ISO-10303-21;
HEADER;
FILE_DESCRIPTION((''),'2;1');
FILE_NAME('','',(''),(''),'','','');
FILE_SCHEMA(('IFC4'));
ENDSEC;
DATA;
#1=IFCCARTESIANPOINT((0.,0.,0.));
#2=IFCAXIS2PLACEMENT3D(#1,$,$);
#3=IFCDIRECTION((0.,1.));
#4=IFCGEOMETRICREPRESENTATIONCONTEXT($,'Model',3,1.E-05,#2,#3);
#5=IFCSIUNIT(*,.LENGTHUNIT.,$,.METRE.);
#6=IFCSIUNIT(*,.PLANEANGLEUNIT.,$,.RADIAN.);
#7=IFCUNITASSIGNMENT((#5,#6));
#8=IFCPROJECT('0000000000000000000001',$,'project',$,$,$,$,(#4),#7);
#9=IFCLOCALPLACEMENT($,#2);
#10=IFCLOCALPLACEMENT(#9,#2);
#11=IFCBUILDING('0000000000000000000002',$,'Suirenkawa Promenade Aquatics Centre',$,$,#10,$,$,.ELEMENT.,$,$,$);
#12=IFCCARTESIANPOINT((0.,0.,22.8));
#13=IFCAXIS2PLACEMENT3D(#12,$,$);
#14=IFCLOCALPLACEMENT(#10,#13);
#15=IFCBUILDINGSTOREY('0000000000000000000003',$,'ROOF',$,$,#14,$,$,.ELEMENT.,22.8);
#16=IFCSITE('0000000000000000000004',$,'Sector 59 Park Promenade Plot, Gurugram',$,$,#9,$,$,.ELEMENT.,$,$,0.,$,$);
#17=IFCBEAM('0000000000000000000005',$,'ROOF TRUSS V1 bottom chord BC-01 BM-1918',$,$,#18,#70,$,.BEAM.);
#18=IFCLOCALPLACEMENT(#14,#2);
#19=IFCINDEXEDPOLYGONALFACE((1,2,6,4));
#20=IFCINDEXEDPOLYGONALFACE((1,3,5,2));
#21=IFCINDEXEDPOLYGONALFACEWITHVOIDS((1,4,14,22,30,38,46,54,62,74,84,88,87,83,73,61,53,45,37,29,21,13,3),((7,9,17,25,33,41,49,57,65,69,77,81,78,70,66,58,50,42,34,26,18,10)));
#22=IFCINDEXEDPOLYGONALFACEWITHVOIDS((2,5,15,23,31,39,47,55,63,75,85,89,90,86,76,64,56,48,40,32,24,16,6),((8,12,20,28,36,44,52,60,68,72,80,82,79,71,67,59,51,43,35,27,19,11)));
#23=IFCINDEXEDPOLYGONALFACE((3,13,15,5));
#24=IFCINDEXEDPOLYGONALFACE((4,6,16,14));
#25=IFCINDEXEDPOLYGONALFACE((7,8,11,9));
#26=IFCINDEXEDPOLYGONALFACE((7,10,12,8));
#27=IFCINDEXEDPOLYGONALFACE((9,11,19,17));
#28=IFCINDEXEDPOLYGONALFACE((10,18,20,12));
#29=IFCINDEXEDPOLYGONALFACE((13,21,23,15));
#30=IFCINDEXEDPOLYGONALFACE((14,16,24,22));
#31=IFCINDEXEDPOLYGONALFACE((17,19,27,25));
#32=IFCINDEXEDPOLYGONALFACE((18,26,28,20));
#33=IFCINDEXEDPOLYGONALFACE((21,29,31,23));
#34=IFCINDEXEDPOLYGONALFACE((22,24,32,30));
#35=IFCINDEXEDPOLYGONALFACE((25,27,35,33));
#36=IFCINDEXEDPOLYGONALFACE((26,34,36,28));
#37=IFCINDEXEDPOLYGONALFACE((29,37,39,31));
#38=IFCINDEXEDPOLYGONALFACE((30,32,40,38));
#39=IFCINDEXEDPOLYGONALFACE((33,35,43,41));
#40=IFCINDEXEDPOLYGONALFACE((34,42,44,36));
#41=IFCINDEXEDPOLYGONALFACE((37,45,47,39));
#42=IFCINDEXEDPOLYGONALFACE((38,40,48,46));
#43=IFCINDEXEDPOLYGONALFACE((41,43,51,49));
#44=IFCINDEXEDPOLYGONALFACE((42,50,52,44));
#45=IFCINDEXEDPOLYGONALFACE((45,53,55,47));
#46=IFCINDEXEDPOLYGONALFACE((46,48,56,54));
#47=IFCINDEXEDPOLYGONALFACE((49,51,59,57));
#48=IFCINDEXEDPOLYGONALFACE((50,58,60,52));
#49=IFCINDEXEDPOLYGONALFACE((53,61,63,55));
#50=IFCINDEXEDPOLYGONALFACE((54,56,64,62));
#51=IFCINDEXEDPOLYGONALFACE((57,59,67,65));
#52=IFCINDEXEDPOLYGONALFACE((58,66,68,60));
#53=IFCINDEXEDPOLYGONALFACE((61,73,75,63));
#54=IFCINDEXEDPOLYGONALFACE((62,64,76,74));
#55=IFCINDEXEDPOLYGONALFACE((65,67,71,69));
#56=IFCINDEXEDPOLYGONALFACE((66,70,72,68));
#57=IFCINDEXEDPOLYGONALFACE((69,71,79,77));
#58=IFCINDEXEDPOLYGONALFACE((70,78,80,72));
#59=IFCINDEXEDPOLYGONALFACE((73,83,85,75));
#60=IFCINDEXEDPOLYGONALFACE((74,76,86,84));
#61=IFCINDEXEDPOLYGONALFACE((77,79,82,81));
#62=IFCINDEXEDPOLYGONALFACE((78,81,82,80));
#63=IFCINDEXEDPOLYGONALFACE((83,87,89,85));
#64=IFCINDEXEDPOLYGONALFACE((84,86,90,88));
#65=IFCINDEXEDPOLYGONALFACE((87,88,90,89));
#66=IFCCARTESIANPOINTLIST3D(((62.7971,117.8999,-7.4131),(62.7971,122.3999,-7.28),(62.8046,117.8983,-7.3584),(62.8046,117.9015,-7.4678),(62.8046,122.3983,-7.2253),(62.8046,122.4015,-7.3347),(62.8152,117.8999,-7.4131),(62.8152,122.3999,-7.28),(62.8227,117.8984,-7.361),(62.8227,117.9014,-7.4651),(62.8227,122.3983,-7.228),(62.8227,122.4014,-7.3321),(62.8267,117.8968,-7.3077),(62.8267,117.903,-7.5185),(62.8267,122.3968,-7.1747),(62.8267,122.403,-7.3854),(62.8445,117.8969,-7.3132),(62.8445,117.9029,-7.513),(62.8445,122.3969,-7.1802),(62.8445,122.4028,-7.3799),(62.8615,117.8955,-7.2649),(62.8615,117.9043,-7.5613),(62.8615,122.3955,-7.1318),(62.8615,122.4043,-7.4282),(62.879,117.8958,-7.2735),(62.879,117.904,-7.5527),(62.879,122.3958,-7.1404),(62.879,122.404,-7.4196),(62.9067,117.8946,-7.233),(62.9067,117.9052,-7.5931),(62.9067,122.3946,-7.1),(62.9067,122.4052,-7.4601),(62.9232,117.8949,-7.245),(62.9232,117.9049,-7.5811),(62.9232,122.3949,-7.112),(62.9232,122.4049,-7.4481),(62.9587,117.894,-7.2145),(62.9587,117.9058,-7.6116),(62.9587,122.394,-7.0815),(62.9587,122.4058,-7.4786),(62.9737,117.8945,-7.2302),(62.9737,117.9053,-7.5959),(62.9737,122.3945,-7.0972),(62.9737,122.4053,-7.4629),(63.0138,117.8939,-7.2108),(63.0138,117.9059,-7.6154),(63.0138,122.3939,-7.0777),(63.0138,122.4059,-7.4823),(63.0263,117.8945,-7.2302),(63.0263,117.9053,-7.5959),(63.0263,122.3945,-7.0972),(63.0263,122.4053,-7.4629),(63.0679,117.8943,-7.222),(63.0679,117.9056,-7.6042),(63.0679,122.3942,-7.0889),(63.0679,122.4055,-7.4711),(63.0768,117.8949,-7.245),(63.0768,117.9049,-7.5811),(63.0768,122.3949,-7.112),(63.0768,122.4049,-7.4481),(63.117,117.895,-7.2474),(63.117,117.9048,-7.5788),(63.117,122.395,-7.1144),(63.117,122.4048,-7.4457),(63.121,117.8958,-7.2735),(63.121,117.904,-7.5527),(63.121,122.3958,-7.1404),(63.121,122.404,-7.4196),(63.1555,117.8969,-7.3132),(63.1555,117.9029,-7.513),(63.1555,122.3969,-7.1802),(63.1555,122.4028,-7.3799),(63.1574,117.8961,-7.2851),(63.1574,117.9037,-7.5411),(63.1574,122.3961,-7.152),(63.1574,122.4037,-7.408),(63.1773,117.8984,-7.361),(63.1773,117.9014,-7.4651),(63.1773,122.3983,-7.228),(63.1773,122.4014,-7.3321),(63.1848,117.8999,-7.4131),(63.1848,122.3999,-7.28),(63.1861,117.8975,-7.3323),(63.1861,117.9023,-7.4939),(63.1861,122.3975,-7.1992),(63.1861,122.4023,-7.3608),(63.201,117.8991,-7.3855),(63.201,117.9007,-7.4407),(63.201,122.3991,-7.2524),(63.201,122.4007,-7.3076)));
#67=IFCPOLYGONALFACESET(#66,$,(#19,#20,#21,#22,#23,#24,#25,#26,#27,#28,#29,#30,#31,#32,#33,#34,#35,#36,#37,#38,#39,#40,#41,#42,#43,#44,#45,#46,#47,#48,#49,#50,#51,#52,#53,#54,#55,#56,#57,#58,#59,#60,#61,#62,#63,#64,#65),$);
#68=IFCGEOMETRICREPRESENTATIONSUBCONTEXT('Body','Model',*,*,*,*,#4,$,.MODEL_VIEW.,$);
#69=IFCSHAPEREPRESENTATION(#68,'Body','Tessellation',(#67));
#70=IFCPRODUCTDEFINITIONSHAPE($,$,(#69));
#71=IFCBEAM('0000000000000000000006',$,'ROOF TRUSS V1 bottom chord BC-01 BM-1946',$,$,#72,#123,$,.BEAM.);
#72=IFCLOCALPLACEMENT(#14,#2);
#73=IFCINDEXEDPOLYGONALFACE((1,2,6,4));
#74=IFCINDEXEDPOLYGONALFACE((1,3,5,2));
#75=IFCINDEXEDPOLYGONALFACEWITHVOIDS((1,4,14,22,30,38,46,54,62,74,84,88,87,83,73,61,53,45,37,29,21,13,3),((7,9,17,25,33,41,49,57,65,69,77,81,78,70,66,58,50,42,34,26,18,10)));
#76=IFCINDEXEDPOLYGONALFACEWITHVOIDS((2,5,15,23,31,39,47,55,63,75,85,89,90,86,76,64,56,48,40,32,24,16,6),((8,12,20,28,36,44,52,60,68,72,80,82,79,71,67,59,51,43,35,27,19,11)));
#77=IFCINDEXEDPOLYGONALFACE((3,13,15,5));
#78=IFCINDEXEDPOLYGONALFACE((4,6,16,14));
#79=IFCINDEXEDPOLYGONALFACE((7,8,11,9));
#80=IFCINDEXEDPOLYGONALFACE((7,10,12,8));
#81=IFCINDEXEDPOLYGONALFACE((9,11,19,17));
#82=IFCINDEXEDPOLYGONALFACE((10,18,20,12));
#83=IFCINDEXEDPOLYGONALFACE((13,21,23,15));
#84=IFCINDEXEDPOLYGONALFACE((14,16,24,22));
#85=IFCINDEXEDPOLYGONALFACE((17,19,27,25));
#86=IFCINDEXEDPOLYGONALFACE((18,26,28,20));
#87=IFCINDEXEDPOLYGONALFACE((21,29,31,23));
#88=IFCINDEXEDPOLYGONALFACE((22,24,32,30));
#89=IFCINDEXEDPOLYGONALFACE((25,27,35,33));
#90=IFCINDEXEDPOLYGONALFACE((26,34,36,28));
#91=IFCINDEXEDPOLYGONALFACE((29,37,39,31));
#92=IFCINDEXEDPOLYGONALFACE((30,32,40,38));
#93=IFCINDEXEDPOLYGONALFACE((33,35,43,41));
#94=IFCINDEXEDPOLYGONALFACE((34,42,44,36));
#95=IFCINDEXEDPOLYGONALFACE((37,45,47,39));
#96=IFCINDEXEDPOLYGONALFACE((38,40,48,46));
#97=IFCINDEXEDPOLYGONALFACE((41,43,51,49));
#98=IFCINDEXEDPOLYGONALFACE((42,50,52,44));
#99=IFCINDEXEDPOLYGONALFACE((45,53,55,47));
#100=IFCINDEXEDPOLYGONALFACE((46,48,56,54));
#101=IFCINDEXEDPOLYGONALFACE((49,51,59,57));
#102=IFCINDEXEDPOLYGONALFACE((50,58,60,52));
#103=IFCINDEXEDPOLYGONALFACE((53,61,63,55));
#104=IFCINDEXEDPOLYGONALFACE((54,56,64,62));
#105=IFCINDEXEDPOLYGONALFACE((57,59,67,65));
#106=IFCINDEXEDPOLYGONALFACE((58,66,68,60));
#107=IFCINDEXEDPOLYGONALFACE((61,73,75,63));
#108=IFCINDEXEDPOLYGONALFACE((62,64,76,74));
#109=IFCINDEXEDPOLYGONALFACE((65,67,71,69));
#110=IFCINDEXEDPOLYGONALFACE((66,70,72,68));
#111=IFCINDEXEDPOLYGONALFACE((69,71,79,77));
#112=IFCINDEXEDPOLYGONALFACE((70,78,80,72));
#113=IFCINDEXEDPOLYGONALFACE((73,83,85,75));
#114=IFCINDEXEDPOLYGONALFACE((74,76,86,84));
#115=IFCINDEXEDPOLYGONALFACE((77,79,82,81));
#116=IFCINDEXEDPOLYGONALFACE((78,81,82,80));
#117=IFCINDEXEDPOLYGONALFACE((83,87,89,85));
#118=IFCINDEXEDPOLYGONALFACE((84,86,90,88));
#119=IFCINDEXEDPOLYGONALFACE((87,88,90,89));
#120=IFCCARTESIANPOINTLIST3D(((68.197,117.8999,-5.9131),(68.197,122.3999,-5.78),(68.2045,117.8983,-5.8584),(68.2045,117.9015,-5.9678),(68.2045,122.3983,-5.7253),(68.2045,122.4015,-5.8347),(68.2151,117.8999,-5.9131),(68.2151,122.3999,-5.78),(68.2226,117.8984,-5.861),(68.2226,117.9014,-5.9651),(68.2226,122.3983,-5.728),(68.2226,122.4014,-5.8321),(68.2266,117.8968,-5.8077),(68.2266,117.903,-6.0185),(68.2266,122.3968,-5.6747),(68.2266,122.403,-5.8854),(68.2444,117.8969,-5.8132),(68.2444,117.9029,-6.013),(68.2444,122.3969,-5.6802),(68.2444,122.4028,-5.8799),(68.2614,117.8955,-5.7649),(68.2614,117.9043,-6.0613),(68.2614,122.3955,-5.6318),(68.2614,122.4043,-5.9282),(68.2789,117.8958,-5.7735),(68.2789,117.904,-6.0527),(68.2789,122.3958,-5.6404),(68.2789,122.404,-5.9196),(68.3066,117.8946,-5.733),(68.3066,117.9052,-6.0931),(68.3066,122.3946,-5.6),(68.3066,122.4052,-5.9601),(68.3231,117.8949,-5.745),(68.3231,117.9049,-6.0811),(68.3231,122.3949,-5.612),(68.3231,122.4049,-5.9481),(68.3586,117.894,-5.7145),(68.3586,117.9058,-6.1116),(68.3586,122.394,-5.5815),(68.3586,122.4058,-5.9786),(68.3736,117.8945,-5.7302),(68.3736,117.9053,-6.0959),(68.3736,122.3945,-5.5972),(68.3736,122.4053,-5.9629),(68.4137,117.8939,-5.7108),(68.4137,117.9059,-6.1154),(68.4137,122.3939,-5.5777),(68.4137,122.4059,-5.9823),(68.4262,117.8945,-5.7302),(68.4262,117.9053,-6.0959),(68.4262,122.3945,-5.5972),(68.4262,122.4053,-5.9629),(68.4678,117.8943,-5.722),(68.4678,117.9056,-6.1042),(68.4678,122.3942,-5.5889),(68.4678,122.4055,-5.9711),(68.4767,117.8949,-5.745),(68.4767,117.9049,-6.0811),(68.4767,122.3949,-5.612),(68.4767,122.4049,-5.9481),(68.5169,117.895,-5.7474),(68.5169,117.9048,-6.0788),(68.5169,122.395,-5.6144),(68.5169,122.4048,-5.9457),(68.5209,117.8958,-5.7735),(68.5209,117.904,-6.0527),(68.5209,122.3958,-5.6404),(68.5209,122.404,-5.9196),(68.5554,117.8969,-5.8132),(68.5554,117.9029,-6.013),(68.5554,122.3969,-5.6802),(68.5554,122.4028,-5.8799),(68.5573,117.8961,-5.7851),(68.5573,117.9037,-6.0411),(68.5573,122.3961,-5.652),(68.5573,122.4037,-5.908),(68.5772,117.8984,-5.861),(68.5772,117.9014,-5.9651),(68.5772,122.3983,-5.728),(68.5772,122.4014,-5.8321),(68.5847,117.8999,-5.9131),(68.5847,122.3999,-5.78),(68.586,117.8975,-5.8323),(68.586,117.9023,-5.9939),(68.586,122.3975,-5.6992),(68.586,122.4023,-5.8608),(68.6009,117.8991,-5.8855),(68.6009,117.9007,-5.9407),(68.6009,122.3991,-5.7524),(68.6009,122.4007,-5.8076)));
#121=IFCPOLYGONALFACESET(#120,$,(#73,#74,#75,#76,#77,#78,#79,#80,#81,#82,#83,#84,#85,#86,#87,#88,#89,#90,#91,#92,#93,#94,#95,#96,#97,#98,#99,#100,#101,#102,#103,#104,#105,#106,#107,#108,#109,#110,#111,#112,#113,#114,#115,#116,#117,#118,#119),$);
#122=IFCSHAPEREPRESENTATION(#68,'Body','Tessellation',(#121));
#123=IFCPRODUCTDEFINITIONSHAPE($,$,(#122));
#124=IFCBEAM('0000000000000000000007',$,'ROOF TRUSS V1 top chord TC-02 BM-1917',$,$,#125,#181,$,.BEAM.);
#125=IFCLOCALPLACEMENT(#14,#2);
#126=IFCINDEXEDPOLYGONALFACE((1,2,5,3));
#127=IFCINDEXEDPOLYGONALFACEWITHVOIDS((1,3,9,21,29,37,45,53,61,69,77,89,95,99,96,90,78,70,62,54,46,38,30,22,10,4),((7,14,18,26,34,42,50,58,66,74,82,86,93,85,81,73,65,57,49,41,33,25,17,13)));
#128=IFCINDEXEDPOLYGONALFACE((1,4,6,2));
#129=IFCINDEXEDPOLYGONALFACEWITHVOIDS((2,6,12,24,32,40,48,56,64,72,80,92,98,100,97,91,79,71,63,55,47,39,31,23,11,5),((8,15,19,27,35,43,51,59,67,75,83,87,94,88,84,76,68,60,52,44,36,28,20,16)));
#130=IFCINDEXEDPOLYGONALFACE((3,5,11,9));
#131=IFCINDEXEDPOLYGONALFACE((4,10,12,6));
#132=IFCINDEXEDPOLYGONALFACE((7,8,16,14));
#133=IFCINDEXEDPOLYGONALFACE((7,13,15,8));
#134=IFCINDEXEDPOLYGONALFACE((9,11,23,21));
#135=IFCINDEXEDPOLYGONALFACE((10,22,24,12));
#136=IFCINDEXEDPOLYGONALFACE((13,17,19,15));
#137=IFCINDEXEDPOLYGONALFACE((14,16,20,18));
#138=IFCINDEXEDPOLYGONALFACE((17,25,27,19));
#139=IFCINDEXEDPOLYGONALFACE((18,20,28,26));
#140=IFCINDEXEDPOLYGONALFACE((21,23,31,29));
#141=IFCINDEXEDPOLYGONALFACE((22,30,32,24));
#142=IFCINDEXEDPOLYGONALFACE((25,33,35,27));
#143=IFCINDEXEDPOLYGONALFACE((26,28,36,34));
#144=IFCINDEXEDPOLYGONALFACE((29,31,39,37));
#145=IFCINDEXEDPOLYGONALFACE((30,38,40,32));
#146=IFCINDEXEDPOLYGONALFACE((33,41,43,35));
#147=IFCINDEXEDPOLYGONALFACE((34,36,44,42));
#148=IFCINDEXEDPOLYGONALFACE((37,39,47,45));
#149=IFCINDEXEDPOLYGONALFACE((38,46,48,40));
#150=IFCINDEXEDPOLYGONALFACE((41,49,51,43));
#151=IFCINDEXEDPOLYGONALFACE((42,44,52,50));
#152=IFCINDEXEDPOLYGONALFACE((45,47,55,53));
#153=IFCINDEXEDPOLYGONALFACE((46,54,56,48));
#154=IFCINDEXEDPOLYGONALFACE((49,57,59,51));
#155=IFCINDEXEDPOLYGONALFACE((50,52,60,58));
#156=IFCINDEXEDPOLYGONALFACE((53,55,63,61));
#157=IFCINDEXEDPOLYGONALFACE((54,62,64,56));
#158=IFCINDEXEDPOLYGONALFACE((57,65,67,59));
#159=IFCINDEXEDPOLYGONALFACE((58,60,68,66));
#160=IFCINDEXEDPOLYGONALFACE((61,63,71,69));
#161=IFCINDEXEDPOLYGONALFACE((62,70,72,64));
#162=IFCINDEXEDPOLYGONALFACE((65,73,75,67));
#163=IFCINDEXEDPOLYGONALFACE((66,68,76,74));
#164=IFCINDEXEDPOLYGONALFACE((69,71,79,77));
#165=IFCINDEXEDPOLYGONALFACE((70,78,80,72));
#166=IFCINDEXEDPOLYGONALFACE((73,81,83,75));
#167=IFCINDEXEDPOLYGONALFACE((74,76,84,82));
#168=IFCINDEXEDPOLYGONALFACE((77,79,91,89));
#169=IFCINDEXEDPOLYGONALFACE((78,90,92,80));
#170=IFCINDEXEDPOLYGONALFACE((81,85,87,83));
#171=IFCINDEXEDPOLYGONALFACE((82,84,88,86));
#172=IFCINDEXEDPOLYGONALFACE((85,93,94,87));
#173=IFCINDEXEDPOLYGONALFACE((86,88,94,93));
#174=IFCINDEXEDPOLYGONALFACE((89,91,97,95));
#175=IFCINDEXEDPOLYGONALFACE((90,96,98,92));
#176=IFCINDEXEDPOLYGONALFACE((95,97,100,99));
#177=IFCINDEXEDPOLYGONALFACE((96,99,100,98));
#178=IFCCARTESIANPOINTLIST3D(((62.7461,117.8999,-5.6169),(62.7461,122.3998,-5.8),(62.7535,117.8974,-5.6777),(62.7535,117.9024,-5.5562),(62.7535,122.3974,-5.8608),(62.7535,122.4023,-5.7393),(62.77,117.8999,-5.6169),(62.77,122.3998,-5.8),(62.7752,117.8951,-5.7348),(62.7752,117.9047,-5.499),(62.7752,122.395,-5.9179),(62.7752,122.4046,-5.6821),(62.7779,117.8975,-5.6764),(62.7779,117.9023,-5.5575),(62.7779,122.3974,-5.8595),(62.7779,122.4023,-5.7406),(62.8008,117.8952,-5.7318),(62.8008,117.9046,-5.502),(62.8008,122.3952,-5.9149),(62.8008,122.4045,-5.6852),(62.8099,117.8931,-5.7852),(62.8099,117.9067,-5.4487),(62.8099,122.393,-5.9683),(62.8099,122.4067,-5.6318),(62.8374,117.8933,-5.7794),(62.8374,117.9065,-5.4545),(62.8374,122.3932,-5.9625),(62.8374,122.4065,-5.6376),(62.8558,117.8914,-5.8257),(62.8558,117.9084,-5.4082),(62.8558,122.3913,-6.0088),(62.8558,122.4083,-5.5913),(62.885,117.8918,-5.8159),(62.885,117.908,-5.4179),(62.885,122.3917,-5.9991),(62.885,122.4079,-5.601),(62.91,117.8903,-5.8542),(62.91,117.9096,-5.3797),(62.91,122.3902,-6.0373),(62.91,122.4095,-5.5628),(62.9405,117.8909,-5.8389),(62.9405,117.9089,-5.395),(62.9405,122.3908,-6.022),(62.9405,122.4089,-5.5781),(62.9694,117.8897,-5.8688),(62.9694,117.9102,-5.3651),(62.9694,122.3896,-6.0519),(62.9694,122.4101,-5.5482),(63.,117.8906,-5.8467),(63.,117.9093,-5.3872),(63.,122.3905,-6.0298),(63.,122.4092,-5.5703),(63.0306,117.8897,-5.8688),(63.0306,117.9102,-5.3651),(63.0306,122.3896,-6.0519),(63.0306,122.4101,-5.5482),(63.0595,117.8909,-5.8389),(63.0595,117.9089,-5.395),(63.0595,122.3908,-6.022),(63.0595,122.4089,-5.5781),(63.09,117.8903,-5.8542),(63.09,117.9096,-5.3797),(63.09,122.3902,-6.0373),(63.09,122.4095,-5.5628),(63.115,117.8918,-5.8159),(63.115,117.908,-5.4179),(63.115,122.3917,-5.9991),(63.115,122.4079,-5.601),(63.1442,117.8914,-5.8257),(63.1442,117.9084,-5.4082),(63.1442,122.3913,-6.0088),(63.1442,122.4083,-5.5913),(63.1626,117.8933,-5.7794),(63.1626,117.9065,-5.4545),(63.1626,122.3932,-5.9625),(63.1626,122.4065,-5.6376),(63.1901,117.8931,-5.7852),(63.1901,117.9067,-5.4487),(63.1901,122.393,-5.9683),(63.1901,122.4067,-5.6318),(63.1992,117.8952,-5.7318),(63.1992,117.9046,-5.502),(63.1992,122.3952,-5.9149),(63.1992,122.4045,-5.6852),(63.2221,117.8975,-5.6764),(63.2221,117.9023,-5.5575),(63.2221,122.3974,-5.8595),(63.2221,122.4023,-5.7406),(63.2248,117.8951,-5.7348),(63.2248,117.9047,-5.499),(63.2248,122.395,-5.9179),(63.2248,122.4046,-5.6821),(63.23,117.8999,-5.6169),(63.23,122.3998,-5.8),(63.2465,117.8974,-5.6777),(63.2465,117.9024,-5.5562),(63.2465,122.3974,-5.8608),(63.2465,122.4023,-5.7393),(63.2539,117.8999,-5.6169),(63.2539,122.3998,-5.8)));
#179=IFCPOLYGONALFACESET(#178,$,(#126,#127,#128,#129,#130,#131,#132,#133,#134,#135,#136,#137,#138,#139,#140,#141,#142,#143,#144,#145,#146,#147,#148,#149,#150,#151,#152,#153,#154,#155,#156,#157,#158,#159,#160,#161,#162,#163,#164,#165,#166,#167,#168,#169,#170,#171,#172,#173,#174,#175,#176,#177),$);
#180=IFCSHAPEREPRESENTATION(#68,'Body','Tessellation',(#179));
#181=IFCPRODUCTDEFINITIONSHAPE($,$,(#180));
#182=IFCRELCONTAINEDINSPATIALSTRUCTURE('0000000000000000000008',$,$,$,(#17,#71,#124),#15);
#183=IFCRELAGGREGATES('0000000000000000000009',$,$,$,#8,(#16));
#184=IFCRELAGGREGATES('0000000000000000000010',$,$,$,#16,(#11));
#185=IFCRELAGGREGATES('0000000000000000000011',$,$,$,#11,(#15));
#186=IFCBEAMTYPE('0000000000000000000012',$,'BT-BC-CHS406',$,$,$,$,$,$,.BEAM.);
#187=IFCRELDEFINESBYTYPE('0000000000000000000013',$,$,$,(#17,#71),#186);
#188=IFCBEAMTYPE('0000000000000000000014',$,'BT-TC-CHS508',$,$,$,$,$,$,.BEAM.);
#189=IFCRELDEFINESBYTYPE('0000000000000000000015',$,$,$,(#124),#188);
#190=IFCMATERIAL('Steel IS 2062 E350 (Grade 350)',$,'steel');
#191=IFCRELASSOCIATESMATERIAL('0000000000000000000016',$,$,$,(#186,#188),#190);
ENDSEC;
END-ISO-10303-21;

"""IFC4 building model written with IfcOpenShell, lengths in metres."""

from ifc_helpers import new_model, si_unit, direction, frame, origin, origin_2d, place, context, subcontext, project, spatial, hollow_circle, extrude, material, material_profile, profile_set, type_object, element, save


model = new_model("IFC4")

# Units and contexts
model_context = context("Model", 3, precision=1e-05, world=origin(), true_north=direction((0.0, 1.0)))
body_context = subcontext(model_context, "Body", "Model", "MODEL_VIEW")
ifc_project = project(units=[si_unit("LENGTHUNIT", "METRE"), si_unit("PLANEANGLEUNIT", "RADIAN")], contexts=[model_context])

# Site, building, storey
site_placement = place(None, origin())
site = spatial("IfcSite", under=ifc_project, at=site_placement, Name="Sector 59 Park Promenade Plot, Gurugram", CompositionType="ELEMENT", RefElevation=0.0)
building_placement = place(site_placement, origin())
building = spatial("IfcBuilding", under=site, at=building_placement, Name="Suirenkawa Promenade Aquatics Centre", CompositionType="ELEMENT")
storey_placement = place(building_placement, frame((0.0, 0.0, 22.8)))
storey = spatial("IfcBuildingStorey", under=building, at=storey_placement, Name="ROOF", CompositionType="ELEMENT", Elevation=22.8)

# Beams
ifc_material = material(Name="Steel IS 2062 E350 (Grade 350)", Category="steel")
ifc_material_profile_1 = material_profile(ifc_material, hollow_circle(Radius=0.2029, WallThickness=0.0181, at=origin_2d()), Name="CHS 406x18", Category="steel")
ifc_profile_set_1 = profile_set([ifc_material_profile_1], Name="Steel IS 2062 E350 (Grade 350)")
beam_type_1 = type_object("IfcBeamType", Name="BT-BC-CHS406", PredefinedType="BEAM", material=ifc_profile_set_1)
for number, where, z_axis, x_axis, name in (
    (1, (63.0, 117.8999, -7.4131), (0.0, 0.999563, 0.029555), (-1.0, 0.0, 0.0), "ROOF TRUSS V1 bottom chord BC-01 BM-1918"),
    (2, (68.3999, 117.8999, -5.9131), (0.0, 0.999563, 0.029555), (-1.0, 0.0, 0.0), "ROOF TRUSS V1 bottom chord BC-01 BM-1946"),
):
    element("IfcBeam", number, at=place(storey_placement, frame(where, z_axis=z_axis, x_axis=x_axis)), inside=storey, type_object=beam_type_1, Name=name, PredefinedType="BEAM", context=body_context, shape_type="SweptSolid", body=[
        extrude(hollow_circle(Radius=0.2029, WallThickness=0.0181, at=origin_2d()), origin(), (0.0, 0.0, 1.0), 4.502),
    ])
ifc_material_profile_2 = material_profile(ifc_material, hollow_circle(Radius=0.2539, WallThickness=0.0239, at=origin_2d()), Name="CHS 508x24", Category="steel")
ifc_profile_set_2 = profile_set([ifc_material_profile_2], Name="Steel IS 2062 E350 (Grade 350)")
beam_type_2 = type_object("IfcBeamType", Name="BT-TC-CHS508", PredefinedType="BEAM", material=ifc_profile_set_2)
for number, where, z_axis, x_axis, name in (
    (3, (63.0, 117.8999, -5.6169), (0.0, 0.999173, -0.040656), (-1.0, 0.0, 0.0), "ROOF TRUSS V1 top chord TC-02 BM-1917"),
):
    element("IfcBeam", number, at=place(storey_placement, frame(where, z_axis=z_axis, x_axis=x_axis)), inside=storey, type_object=beam_type_2, Name=name, PredefinedType="BEAM", context=body_context, shape_type="SweptSolid", body=[
        extrude(hollow_circle(Radius=0.2539, WallThickness=0.0239, at=origin_2d()), origin(), (0.0, 0.0, 1.0), 4.5037),
    ])

save(model, "model.ifc")
